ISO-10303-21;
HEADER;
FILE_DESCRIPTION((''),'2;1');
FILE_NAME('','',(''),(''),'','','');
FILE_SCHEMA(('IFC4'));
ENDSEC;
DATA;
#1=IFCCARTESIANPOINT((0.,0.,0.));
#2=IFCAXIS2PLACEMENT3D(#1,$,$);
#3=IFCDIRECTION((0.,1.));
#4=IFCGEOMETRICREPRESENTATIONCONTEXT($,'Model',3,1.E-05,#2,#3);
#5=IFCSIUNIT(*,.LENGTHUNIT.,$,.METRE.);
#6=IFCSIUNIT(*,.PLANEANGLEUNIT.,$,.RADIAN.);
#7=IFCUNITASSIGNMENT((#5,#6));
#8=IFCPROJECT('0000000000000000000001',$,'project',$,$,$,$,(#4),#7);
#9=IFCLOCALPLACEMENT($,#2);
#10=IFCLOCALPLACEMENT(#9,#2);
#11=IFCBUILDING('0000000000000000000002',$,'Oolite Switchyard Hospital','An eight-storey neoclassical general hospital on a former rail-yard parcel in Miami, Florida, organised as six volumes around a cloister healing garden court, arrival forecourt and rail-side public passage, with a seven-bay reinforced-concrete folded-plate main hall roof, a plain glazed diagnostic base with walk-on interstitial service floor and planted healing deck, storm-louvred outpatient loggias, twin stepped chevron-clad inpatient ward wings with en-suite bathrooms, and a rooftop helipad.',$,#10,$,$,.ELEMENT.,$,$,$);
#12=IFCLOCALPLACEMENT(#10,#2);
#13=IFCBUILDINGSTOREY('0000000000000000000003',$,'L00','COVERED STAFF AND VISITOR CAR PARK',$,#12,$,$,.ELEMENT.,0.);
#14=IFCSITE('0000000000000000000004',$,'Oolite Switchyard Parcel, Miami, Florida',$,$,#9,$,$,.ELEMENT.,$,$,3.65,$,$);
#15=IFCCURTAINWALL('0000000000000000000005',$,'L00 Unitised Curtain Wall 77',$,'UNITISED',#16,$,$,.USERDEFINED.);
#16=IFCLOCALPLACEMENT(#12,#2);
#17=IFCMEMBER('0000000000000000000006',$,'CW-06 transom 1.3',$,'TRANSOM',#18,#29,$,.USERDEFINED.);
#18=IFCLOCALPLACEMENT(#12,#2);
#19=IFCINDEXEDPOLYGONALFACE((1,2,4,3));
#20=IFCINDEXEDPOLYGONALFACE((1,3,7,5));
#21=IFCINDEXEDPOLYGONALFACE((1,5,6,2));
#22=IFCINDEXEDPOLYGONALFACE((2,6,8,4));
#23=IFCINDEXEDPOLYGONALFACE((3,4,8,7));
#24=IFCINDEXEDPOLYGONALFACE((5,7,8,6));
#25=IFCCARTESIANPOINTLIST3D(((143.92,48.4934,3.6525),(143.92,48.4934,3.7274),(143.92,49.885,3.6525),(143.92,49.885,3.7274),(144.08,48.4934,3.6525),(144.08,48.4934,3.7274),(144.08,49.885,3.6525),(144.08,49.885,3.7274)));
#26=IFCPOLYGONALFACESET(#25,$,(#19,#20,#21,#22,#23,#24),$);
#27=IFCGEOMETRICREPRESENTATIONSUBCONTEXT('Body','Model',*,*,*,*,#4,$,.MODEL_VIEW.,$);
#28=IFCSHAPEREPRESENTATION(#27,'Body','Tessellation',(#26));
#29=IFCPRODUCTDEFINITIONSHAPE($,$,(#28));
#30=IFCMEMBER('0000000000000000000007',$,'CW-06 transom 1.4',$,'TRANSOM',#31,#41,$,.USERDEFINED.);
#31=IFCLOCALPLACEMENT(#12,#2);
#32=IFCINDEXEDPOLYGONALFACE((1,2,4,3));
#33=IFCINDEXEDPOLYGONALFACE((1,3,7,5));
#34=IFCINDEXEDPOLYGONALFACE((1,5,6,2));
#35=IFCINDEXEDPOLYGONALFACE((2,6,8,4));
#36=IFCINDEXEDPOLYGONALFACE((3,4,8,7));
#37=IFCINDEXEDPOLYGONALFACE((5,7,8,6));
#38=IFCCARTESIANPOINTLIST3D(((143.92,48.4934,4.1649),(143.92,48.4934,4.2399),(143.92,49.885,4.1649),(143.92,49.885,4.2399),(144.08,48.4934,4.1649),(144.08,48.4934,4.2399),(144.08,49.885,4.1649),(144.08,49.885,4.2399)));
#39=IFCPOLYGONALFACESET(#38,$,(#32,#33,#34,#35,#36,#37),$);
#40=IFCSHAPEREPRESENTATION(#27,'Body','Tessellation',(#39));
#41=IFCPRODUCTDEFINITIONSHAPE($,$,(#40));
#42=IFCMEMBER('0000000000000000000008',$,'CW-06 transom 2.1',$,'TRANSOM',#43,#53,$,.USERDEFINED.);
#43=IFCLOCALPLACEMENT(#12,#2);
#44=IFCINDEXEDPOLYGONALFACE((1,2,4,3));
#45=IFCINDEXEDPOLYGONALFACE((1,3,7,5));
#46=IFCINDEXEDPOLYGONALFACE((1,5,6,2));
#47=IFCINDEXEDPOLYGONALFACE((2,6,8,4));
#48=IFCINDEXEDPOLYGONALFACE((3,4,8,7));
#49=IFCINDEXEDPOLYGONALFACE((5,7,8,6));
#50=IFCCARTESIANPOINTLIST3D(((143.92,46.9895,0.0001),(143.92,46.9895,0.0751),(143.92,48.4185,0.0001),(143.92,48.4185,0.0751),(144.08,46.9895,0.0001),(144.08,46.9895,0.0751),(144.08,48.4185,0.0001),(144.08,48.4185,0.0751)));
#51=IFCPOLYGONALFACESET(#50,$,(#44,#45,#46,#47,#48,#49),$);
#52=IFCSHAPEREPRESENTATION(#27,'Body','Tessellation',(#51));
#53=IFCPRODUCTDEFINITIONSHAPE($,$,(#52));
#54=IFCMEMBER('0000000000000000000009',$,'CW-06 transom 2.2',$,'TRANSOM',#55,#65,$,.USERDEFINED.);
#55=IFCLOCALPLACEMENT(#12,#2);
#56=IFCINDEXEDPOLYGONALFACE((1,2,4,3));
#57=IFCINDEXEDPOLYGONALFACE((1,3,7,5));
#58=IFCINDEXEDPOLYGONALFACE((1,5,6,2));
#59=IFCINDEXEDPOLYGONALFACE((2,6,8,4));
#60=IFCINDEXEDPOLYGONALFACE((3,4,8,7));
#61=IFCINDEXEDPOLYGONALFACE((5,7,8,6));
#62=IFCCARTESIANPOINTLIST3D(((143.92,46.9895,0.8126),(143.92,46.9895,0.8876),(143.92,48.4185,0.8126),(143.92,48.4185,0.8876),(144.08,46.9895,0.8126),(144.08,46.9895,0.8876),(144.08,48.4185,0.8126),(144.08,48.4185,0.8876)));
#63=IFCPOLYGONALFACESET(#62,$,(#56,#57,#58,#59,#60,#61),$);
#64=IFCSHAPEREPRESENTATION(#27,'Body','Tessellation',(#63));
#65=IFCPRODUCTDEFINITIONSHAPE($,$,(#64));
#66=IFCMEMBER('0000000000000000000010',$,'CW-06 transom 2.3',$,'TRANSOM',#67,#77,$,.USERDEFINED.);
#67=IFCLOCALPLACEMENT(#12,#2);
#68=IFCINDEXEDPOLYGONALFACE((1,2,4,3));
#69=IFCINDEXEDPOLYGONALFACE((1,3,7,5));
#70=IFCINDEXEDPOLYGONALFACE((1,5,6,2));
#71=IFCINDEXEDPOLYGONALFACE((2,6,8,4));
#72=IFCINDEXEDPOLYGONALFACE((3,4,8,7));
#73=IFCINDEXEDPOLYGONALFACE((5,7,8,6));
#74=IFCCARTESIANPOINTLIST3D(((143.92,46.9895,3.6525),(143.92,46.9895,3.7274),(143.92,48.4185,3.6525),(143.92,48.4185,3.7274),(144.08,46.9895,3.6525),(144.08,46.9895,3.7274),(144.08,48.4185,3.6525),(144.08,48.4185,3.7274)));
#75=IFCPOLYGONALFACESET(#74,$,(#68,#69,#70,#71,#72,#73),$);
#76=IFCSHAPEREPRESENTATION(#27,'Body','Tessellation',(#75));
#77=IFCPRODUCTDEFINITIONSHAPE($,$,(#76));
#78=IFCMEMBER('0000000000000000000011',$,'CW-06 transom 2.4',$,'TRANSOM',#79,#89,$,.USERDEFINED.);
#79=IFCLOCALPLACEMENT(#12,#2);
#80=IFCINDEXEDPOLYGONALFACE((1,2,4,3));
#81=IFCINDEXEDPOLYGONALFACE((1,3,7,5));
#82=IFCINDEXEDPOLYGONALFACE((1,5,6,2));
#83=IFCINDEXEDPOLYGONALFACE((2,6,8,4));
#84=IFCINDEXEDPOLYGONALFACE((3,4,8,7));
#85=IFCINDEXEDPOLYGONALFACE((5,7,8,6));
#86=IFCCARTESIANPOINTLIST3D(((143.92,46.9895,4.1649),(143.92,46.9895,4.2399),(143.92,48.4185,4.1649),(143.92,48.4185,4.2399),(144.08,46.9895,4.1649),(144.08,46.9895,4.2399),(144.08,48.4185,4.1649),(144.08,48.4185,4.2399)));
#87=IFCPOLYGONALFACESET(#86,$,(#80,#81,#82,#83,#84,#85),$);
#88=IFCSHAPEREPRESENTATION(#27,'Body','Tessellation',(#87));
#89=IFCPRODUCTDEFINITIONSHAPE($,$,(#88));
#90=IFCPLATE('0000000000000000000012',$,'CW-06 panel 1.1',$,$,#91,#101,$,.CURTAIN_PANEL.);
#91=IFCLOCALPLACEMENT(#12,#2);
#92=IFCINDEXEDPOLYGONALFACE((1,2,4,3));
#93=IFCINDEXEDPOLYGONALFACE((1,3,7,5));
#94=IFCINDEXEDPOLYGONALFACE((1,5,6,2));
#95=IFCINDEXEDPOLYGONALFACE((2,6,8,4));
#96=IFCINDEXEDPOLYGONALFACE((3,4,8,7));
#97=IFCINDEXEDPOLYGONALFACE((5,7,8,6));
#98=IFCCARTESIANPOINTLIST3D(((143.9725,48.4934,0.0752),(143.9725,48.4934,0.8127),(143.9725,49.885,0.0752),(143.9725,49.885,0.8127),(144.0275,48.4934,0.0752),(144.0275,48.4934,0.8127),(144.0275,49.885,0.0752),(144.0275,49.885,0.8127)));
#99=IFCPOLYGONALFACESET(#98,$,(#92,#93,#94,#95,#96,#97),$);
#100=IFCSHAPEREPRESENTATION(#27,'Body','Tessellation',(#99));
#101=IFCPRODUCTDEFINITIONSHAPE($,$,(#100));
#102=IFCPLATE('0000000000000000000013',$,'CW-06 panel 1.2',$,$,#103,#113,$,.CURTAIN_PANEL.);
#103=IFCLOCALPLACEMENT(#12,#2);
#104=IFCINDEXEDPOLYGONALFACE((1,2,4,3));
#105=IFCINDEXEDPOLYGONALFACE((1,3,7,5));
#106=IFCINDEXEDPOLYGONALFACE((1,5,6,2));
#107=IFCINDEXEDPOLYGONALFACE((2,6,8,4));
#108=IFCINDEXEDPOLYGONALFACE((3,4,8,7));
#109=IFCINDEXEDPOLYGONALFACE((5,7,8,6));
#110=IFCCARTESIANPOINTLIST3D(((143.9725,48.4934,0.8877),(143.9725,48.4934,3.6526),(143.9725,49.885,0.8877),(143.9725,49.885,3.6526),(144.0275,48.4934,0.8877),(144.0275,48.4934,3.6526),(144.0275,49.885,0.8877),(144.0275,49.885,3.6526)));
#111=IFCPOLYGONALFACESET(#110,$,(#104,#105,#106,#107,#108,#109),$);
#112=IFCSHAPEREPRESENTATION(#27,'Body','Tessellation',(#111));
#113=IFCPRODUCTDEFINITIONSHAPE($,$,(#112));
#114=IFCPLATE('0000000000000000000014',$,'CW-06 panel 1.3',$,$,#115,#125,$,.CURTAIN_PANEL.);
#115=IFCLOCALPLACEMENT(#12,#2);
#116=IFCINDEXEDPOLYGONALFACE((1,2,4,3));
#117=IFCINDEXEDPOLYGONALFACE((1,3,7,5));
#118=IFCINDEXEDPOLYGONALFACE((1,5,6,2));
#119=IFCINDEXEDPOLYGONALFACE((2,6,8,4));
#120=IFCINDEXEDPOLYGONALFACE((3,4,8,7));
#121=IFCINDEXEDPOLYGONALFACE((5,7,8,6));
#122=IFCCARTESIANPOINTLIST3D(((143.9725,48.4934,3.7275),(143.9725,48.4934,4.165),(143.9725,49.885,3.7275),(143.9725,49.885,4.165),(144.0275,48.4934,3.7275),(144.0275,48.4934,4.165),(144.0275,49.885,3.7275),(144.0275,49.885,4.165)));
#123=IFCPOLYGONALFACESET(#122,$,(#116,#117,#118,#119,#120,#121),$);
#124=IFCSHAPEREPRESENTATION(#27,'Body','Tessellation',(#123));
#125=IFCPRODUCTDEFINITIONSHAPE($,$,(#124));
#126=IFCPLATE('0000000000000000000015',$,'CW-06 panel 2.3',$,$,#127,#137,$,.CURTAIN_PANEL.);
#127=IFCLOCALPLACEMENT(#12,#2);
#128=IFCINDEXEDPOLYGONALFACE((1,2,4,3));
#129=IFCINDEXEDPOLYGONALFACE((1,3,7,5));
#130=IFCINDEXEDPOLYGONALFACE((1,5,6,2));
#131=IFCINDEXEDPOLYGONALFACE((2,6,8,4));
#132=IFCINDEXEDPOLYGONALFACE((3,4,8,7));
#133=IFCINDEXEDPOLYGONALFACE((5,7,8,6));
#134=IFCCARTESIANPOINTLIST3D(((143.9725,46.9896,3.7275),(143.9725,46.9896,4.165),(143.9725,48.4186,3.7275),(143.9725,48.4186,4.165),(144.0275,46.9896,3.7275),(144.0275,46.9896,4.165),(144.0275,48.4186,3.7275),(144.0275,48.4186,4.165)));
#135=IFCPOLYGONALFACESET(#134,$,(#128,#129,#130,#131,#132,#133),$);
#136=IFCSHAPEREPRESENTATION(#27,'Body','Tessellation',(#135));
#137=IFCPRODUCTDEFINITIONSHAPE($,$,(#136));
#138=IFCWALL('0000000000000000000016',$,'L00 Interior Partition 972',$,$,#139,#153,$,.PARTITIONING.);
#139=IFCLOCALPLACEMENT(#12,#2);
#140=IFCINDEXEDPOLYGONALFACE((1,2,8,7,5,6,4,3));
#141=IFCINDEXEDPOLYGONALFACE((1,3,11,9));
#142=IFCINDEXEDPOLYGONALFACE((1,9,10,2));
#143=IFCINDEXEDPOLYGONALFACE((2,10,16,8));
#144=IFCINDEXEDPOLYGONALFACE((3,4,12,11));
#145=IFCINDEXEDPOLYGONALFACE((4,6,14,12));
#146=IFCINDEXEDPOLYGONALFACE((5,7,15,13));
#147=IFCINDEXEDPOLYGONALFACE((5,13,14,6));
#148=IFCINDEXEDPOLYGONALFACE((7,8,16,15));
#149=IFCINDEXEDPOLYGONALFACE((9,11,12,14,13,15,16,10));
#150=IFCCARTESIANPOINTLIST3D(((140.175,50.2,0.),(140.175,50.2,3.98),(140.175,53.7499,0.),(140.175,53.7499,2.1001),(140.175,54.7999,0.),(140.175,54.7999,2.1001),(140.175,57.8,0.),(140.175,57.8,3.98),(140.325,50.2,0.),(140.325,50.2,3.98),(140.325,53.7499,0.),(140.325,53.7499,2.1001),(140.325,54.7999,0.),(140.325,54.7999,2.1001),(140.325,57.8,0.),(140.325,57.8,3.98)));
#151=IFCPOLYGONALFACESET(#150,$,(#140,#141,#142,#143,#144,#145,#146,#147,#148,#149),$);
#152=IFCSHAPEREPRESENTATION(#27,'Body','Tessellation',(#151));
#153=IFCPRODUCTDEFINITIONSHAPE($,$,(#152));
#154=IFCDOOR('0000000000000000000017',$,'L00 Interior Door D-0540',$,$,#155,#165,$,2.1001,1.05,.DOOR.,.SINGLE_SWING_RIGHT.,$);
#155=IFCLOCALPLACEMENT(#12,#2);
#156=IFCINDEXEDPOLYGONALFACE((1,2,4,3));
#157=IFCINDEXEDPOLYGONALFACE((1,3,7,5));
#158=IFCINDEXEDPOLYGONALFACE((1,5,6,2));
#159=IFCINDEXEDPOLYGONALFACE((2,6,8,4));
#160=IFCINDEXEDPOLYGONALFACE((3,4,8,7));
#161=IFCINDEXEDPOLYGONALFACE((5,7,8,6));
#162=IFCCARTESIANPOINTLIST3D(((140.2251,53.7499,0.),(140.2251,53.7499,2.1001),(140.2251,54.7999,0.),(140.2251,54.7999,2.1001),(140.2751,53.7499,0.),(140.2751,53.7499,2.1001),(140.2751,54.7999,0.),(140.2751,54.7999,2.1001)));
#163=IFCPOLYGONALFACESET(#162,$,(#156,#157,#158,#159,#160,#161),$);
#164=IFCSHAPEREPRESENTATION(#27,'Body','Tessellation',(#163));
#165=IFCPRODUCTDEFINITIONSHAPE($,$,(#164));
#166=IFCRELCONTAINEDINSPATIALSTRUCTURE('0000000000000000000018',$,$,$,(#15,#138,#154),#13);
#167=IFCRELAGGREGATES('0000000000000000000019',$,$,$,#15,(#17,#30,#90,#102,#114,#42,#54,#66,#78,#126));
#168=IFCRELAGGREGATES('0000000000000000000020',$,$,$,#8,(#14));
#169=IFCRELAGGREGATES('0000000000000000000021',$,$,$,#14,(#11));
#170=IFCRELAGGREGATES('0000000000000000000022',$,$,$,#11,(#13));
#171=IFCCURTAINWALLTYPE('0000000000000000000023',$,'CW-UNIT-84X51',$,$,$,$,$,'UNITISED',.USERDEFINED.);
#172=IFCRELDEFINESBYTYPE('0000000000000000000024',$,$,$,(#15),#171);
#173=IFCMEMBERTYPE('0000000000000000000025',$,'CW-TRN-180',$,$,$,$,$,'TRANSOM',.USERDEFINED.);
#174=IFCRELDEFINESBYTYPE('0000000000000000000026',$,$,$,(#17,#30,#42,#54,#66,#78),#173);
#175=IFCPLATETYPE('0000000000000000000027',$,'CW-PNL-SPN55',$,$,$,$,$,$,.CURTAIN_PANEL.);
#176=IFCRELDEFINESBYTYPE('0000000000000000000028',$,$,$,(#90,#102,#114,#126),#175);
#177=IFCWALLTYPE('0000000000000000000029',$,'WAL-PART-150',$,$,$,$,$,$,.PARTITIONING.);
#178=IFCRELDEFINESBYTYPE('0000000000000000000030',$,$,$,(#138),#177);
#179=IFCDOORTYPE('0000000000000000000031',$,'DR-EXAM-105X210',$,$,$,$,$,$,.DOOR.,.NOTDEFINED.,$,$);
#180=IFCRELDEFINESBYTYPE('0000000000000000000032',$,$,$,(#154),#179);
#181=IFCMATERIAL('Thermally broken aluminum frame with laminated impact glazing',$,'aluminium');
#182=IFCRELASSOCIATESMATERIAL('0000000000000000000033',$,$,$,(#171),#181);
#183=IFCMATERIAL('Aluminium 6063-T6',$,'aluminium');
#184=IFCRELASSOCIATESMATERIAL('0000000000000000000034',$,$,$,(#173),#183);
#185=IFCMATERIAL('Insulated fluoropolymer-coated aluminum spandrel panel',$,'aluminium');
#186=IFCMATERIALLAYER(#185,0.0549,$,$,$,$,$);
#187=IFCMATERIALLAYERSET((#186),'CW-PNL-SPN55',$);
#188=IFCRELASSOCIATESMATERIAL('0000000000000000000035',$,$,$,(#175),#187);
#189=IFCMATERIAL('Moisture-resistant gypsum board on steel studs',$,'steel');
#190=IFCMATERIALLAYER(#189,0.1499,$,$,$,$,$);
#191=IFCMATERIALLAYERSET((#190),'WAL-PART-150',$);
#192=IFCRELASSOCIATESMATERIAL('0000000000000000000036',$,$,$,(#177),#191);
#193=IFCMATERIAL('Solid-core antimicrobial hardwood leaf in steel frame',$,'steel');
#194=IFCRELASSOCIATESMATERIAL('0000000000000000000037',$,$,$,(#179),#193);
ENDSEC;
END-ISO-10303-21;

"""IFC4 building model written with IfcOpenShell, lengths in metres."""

from ifc_helpers import new_model, si_unit, direction, frame, frame_2d, origin, origin_2d, place, context, subcontext, project, spatial, rectangle, extrude, material, layer, layer_set, material_profile, profile_set, type_object, element, fill, aggregate, save


model = new_model("IFC4")

# Units and contexts
model_context = context("Model", 3, precision=1e-05, world=origin(), true_north=direction((0.0, 1.0)))
body_context = subcontext(model_context, "Body", "Model", "MODEL_VIEW")
ifc_project = project(units=[si_unit("LENGTHUNIT", "METRE"), si_unit("PLANEANGLEUNIT", "RADIAN")], contexts=[model_context])

# Site, building, storey
site_placement = place(None, origin())
site = spatial("IfcSite", under=ifc_project, at=site_placement, Name="Oolite Switchyard Parcel, Miami, Florida", CompositionType="ELEMENT", RefElevation=3.65)
building_placement = place(site_placement, origin())
building = spatial("IfcBuilding", under=site, at=building_placement, Name="Oolite Switchyard Hospital", Description="An eight-storey neoclassical general hospital on a former rail-yard parcel in Miami, Florida, organised as six volumes around a cloister healing garden court, arrival forecourt and rail-side public passage, with a seven-bay reinforced-concrete folded-plate main hall roof, a plain glazed diagnostic base with walk-on interstitial service floor and planted healing deck, storm-louvred outpatient loggias, twin stepped chevron-clad inpatient ward wings with en-suite bathrooms, and a rooftop helipad.", CompositionType="ELEMENT")
storey_placement = place(building_placement, origin())
storey = spatial("IfcBuildingStorey", under=building, at=storey_placement, Name="L00", Description="COVERED STAFF AND VISITOR CAR PARK", CompositionType="ELEMENT", Elevation=0.0)

# Curtain wall, members, plates
ifc_material_1 = material(Name="Thermally broken aluminum frame with laminated impact glazing", Category="aluminium")
curtain_wall_type = type_object("IfcCurtainWallType", Name="CW-UNIT-84X51", ElementType="UNITISED", PredefinedType="USERDEFINED", material=ifc_material_1)
curtain_wall_placement = place(storey_placement, origin())
curtain_wall = element("IfcCurtainWall", 1, at=curtain_wall_placement, inside=storey, type_object=curtain_wall_type, Name="L00 Unitised Curtain Wall 77", ObjectType="UNITISED", PredefinedType="USERDEFINED")
ifc_material_2 = material(Name="Aluminium 6063-T6", Category="aluminium")
ifc_material_profile_1 = material_profile(ifc_material_2, rectangle(XDim=0.1599, YDim=0.075, at=origin_2d()), Name="CWT75X160")
ifc_profile_set_1 = profile_set([ifc_material_profile_1], Name="Aluminium 6063-T6")
member_type_1 = type_object("IfcMemberType", Name="CW-TRN-180", ElementType="TRANSOM", PredefinedType="USERDEFINED", material=ifc_profile_set_1)
member_1_placement = place(storey_placement, frame((144.0, 49.885, 3.6899), z_axis=(0.0, -1.0, 0.0), x_axis=(1.0, 0.0, 0.0)))
member_1 = element("IfcMember", 2, at=member_1_placement, type_object=member_type_1, Name="CW-06 transom 1.3", ObjectType="TRANSOM", PredefinedType="USERDEFINED", context=body_context, shape_type="SweptSolid", body=[
    extrude(rectangle(XDim=0.1599, YDim=0.075, at=origin_2d()), origin(), (0.0, 0.0, 1.0), 1.3916),
])
member_2_placement = place(storey_placement, frame((144.0, 49.885, 4.2024), z_axis=(0.0, -1.0, 0.0), x_axis=(1.0, 0.0, 0.0)))
member_2 = element("IfcMember", 3, at=member_2_placement, type_object=member_type_1, Name="CW-06 transom 1.4", ObjectType="TRANSOM", PredefinedType="USERDEFINED", context=body_context, shape_type="SweptSolid", body=[
    extrude(rectangle(XDim=0.1599, YDim=0.075, at=origin_2d()), origin(), (0.0, 0.0, 1.0), 1.3916),
])
member_3_placement = place(storey_placement, frame((144.0, 48.4185, 0.0376), z_axis=(0.0, -1.0, 0.0), x_axis=(1.0, 0.0, 0.0)))
member_3 = element("IfcMember", 4, at=member_3_placement, type_object=member_type_1, Name="CW-06 transom 2.1", ObjectType="TRANSOM", PredefinedType="USERDEFINED", context=body_context, shape_type="SweptSolid", body=[
    extrude(rectangle(XDim=0.1599, YDim=0.075, at=origin_2d()), origin(), (0.0, 0.0, 1.0), 1.429),
])
member_4_placement = place(storey_placement, frame((144.0, 48.4185, 0.8501), z_axis=(0.0, -1.0, 0.0), x_axis=(1.0, 0.0, 0.0)))
member_4 = element("IfcMember", 5, at=member_4_placement, type_object=member_type_1, Name="CW-06 transom 2.2", ObjectType="TRANSOM", PredefinedType="USERDEFINED", context=body_context, shape_type="SweptSolid", body=[
    extrude(rectangle(XDim=0.1599, YDim=0.075, at=origin_2d()), origin(), (0.0, 0.0, 1.0), 1.429),
])
member_5_placement = place(storey_placement, frame((144.0, 48.4185, 3.6899), z_axis=(0.0, -1.0, 0.0), x_axis=(1.0, 0.0, 0.0)))
member_5 = element("IfcMember", 6, at=member_5_placement, type_object=member_type_1, Name="CW-06 transom 2.3", ObjectType="TRANSOM", PredefinedType="USERDEFINED", context=body_context, shape_type="SweptSolid", body=[
    extrude(rectangle(XDim=0.1599, YDim=0.075, at=origin_2d()), origin(), (0.0, 0.0, 1.0), 1.429),
])
member_6_placement = place(storey_placement, frame((144.0, 48.4185, 4.2024), z_axis=(0.0, -1.0, 0.0), x_axis=(1.0, 0.0, 0.0)))
member_6 = element("IfcMember", 7, at=member_6_placement, type_object=member_type_1, Name="CW-06 transom 2.4", ObjectType="TRANSOM", PredefinedType="USERDEFINED", context=body_context, shape_type="SweptSolid", body=[
    extrude(rectangle(XDim=0.1599, YDim=0.075, at=origin_2d()), origin(), (0.0, 0.0, 1.0), 1.429),
])
ifc_material_3 = material(Name="Insulated fluoropolymer-coated aluminum spandrel panel", Category="aluminium")
ifc_layer_1 = layer(ifc_material_3, 0.0549)
ifc_layer_set_1 = layer_set([ifc_layer_1], Name="CW-PNL-SPN55")
plate_type = type_object("IfcPlateType", Name="CW-PNL-SPN55", PredefinedType="CURTAIN_PANEL", material=ifc_layer_set_1)
plate_1_placement = place(storey_placement, frame((144.0, 49.1892, 0.0752), z_axis=(0.0, 0.0, 1.0), x_axis=(0.0, -1.0, 0.0)))
plate_1 = element("IfcPlate", 8, at=plate_1_placement, type_object=plate_type, Name="CW-06 panel 1.1", PredefinedType="CURTAIN_PANEL", context=body_context, shape_type="SweptSolid", body=[
    extrude(rectangle(XDim=1.3916, YDim=0.0549, at=origin_2d()), origin(), (0.0, 0.0, 1.0), 0.7375),
])
plate_2_placement = place(storey_placement, frame((144.0, 49.1892, 0.8877), z_axis=(0.0, 0.0, 1.0), x_axis=(0.0, -1.0, 0.0)))
plate_2 = element("IfcPlate", 9, at=plate_2_placement, type_object=plate_type, Name="CW-06 panel 1.2", PredefinedType="CURTAIN_PANEL", context=body_context, shape_type="SweptSolid", body=[
    extrude(rectangle(XDim=1.3916, YDim=0.0549, at=origin_2d()), origin(), (0.0, 0.0, 1.0), 2.7649),
])
plate_3_placement = place(storey_placement, frame((144.0, 49.1892, 3.7275), z_axis=(0.0, 0.0, 1.0), x_axis=(0.0, -1.0, 0.0)))
plate_3 = element("IfcPlate", 10, at=plate_3_placement, type_object=plate_type, Name="CW-06 panel 1.3", PredefinedType="CURTAIN_PANEL", context=body_context, shape_type="SweptSolid", body=[
    extrude(rectangle(XDim=1.3916, YDim=0.0549, at=origin_2d()), origin(), (0.0, 0.0, 1.0), 0.4375),
])
plate_4_placement = place(storey_placement, frame((144.0, 47.7041, 3.7275), z_axis=(0.0, 0.0, 1.0), x_axis=(0.0, -1.0, 0.0)))
plate_4 = element("IfcPlate", 11, at=plate_4_placement, type_object=plate_type, Name="CW-06 panel 2.3", PredefinedType="CURTAIN_PANEL", context=body_context, shape_type="SweptSolid", body=[
    extrude(rectangle(XDim=1.429, YDim=0.0549, at=origin_2d()), origin(), (0.0, 0.0, 1.0), 0.4375),
])
aggregate(curtain_wall, [member_1, member_2, plate_1, plate_2, plate_3, member_3, member_4, member_5, member_6, plate_4])

# Wall, opening, door
ifc_material_4 = material(Name="Moisture-resistant gypsum board on steel studs", Category="steel")
ifc_layer_2 = layer(ifc_material_4, 0.1499)
ifc_layer_set_2 = layer_set([ifc_layer_2], Name="WAL-PART-150")
wall_type = type_object("IfcWallType", Name="WAL-PART-150", PredefinedType="PARTITIONING", material=ifc_layer_set_2)
wall_placement = place(storey_placement, frame((140.25, 50.2, 0.0), z_axis=(0.0, 0.0, 1.0), x_axis=(0.0, 1.0, 0.0)))
wall = element("IfcWall", 12, at=wall_placement, inside=storey, type_object=wall_type, Name="L00 Interior Partition 972", PredefinedType="PARTITIONING", context=body_context, shape_type="SweptSolid", body=[
    extrude(rectangle(XDim=7.6001, YDim=0.1499, at=frame_2d((3.8, 0.0))), origin(), (0.0, 0.0, 1.0), 3.98),
])
opening_placement = place(wall_placement, frame((3.55, 0.0, 0.0)))
opening = element("IfcOpeningElement", 13, at=opening_placement, cuts=wall, PredefinedType="OPENING", context=body_context, shape_type="SweptSolid", body=[
    extrude(rectangle(XDim=1.05, YDim=2.1001, at=frame_2d((0.5249, 1.05))), frame((0.0, 0.085, 0.0), z_axis=(0.0, -1.0, 0.0), x_axis=(1.0, 0.0, 0.0)), (0.0, 0.0, 1.0), 0.1699),
])
ifc_material_5 = material(Name="Solid-core antimicrobial hardwood leaf in steel frame", Category="steel")
door_type = type_object("IfcDoorType", Name="DR-EXAM-105X210", OperationType="NOTDEFINED", PredefinedType="DOOR", material=ifc_material_5)
door_placement = place(opening_placement, origin())
door = element("IfcDoor", 14, at=door_placement, inside=storey, type_object=door_type, Name="L00 Interior Door D-0540", OperationType="SINGLE_SWING_RIGHT", OverallHeight=2.1001, OverallWidth=1.05, PredefinedType="DOOR", context=body_context, shape_type="SweptSolid", body=[
    extrude(rectangle(XDim=1.05, YDim=2.1001, at=frame_2d((0.5249, 1.05))), frame((0.0, 0.0249, 0.0), z_axis=(0.0, -1.0, 0.0), x_axis=(1.0, 0.0, 0.0)), (0.0, 0.0, 1.0), 0.05),
])
fill(opening, door)

save(model, "model.ifc")
